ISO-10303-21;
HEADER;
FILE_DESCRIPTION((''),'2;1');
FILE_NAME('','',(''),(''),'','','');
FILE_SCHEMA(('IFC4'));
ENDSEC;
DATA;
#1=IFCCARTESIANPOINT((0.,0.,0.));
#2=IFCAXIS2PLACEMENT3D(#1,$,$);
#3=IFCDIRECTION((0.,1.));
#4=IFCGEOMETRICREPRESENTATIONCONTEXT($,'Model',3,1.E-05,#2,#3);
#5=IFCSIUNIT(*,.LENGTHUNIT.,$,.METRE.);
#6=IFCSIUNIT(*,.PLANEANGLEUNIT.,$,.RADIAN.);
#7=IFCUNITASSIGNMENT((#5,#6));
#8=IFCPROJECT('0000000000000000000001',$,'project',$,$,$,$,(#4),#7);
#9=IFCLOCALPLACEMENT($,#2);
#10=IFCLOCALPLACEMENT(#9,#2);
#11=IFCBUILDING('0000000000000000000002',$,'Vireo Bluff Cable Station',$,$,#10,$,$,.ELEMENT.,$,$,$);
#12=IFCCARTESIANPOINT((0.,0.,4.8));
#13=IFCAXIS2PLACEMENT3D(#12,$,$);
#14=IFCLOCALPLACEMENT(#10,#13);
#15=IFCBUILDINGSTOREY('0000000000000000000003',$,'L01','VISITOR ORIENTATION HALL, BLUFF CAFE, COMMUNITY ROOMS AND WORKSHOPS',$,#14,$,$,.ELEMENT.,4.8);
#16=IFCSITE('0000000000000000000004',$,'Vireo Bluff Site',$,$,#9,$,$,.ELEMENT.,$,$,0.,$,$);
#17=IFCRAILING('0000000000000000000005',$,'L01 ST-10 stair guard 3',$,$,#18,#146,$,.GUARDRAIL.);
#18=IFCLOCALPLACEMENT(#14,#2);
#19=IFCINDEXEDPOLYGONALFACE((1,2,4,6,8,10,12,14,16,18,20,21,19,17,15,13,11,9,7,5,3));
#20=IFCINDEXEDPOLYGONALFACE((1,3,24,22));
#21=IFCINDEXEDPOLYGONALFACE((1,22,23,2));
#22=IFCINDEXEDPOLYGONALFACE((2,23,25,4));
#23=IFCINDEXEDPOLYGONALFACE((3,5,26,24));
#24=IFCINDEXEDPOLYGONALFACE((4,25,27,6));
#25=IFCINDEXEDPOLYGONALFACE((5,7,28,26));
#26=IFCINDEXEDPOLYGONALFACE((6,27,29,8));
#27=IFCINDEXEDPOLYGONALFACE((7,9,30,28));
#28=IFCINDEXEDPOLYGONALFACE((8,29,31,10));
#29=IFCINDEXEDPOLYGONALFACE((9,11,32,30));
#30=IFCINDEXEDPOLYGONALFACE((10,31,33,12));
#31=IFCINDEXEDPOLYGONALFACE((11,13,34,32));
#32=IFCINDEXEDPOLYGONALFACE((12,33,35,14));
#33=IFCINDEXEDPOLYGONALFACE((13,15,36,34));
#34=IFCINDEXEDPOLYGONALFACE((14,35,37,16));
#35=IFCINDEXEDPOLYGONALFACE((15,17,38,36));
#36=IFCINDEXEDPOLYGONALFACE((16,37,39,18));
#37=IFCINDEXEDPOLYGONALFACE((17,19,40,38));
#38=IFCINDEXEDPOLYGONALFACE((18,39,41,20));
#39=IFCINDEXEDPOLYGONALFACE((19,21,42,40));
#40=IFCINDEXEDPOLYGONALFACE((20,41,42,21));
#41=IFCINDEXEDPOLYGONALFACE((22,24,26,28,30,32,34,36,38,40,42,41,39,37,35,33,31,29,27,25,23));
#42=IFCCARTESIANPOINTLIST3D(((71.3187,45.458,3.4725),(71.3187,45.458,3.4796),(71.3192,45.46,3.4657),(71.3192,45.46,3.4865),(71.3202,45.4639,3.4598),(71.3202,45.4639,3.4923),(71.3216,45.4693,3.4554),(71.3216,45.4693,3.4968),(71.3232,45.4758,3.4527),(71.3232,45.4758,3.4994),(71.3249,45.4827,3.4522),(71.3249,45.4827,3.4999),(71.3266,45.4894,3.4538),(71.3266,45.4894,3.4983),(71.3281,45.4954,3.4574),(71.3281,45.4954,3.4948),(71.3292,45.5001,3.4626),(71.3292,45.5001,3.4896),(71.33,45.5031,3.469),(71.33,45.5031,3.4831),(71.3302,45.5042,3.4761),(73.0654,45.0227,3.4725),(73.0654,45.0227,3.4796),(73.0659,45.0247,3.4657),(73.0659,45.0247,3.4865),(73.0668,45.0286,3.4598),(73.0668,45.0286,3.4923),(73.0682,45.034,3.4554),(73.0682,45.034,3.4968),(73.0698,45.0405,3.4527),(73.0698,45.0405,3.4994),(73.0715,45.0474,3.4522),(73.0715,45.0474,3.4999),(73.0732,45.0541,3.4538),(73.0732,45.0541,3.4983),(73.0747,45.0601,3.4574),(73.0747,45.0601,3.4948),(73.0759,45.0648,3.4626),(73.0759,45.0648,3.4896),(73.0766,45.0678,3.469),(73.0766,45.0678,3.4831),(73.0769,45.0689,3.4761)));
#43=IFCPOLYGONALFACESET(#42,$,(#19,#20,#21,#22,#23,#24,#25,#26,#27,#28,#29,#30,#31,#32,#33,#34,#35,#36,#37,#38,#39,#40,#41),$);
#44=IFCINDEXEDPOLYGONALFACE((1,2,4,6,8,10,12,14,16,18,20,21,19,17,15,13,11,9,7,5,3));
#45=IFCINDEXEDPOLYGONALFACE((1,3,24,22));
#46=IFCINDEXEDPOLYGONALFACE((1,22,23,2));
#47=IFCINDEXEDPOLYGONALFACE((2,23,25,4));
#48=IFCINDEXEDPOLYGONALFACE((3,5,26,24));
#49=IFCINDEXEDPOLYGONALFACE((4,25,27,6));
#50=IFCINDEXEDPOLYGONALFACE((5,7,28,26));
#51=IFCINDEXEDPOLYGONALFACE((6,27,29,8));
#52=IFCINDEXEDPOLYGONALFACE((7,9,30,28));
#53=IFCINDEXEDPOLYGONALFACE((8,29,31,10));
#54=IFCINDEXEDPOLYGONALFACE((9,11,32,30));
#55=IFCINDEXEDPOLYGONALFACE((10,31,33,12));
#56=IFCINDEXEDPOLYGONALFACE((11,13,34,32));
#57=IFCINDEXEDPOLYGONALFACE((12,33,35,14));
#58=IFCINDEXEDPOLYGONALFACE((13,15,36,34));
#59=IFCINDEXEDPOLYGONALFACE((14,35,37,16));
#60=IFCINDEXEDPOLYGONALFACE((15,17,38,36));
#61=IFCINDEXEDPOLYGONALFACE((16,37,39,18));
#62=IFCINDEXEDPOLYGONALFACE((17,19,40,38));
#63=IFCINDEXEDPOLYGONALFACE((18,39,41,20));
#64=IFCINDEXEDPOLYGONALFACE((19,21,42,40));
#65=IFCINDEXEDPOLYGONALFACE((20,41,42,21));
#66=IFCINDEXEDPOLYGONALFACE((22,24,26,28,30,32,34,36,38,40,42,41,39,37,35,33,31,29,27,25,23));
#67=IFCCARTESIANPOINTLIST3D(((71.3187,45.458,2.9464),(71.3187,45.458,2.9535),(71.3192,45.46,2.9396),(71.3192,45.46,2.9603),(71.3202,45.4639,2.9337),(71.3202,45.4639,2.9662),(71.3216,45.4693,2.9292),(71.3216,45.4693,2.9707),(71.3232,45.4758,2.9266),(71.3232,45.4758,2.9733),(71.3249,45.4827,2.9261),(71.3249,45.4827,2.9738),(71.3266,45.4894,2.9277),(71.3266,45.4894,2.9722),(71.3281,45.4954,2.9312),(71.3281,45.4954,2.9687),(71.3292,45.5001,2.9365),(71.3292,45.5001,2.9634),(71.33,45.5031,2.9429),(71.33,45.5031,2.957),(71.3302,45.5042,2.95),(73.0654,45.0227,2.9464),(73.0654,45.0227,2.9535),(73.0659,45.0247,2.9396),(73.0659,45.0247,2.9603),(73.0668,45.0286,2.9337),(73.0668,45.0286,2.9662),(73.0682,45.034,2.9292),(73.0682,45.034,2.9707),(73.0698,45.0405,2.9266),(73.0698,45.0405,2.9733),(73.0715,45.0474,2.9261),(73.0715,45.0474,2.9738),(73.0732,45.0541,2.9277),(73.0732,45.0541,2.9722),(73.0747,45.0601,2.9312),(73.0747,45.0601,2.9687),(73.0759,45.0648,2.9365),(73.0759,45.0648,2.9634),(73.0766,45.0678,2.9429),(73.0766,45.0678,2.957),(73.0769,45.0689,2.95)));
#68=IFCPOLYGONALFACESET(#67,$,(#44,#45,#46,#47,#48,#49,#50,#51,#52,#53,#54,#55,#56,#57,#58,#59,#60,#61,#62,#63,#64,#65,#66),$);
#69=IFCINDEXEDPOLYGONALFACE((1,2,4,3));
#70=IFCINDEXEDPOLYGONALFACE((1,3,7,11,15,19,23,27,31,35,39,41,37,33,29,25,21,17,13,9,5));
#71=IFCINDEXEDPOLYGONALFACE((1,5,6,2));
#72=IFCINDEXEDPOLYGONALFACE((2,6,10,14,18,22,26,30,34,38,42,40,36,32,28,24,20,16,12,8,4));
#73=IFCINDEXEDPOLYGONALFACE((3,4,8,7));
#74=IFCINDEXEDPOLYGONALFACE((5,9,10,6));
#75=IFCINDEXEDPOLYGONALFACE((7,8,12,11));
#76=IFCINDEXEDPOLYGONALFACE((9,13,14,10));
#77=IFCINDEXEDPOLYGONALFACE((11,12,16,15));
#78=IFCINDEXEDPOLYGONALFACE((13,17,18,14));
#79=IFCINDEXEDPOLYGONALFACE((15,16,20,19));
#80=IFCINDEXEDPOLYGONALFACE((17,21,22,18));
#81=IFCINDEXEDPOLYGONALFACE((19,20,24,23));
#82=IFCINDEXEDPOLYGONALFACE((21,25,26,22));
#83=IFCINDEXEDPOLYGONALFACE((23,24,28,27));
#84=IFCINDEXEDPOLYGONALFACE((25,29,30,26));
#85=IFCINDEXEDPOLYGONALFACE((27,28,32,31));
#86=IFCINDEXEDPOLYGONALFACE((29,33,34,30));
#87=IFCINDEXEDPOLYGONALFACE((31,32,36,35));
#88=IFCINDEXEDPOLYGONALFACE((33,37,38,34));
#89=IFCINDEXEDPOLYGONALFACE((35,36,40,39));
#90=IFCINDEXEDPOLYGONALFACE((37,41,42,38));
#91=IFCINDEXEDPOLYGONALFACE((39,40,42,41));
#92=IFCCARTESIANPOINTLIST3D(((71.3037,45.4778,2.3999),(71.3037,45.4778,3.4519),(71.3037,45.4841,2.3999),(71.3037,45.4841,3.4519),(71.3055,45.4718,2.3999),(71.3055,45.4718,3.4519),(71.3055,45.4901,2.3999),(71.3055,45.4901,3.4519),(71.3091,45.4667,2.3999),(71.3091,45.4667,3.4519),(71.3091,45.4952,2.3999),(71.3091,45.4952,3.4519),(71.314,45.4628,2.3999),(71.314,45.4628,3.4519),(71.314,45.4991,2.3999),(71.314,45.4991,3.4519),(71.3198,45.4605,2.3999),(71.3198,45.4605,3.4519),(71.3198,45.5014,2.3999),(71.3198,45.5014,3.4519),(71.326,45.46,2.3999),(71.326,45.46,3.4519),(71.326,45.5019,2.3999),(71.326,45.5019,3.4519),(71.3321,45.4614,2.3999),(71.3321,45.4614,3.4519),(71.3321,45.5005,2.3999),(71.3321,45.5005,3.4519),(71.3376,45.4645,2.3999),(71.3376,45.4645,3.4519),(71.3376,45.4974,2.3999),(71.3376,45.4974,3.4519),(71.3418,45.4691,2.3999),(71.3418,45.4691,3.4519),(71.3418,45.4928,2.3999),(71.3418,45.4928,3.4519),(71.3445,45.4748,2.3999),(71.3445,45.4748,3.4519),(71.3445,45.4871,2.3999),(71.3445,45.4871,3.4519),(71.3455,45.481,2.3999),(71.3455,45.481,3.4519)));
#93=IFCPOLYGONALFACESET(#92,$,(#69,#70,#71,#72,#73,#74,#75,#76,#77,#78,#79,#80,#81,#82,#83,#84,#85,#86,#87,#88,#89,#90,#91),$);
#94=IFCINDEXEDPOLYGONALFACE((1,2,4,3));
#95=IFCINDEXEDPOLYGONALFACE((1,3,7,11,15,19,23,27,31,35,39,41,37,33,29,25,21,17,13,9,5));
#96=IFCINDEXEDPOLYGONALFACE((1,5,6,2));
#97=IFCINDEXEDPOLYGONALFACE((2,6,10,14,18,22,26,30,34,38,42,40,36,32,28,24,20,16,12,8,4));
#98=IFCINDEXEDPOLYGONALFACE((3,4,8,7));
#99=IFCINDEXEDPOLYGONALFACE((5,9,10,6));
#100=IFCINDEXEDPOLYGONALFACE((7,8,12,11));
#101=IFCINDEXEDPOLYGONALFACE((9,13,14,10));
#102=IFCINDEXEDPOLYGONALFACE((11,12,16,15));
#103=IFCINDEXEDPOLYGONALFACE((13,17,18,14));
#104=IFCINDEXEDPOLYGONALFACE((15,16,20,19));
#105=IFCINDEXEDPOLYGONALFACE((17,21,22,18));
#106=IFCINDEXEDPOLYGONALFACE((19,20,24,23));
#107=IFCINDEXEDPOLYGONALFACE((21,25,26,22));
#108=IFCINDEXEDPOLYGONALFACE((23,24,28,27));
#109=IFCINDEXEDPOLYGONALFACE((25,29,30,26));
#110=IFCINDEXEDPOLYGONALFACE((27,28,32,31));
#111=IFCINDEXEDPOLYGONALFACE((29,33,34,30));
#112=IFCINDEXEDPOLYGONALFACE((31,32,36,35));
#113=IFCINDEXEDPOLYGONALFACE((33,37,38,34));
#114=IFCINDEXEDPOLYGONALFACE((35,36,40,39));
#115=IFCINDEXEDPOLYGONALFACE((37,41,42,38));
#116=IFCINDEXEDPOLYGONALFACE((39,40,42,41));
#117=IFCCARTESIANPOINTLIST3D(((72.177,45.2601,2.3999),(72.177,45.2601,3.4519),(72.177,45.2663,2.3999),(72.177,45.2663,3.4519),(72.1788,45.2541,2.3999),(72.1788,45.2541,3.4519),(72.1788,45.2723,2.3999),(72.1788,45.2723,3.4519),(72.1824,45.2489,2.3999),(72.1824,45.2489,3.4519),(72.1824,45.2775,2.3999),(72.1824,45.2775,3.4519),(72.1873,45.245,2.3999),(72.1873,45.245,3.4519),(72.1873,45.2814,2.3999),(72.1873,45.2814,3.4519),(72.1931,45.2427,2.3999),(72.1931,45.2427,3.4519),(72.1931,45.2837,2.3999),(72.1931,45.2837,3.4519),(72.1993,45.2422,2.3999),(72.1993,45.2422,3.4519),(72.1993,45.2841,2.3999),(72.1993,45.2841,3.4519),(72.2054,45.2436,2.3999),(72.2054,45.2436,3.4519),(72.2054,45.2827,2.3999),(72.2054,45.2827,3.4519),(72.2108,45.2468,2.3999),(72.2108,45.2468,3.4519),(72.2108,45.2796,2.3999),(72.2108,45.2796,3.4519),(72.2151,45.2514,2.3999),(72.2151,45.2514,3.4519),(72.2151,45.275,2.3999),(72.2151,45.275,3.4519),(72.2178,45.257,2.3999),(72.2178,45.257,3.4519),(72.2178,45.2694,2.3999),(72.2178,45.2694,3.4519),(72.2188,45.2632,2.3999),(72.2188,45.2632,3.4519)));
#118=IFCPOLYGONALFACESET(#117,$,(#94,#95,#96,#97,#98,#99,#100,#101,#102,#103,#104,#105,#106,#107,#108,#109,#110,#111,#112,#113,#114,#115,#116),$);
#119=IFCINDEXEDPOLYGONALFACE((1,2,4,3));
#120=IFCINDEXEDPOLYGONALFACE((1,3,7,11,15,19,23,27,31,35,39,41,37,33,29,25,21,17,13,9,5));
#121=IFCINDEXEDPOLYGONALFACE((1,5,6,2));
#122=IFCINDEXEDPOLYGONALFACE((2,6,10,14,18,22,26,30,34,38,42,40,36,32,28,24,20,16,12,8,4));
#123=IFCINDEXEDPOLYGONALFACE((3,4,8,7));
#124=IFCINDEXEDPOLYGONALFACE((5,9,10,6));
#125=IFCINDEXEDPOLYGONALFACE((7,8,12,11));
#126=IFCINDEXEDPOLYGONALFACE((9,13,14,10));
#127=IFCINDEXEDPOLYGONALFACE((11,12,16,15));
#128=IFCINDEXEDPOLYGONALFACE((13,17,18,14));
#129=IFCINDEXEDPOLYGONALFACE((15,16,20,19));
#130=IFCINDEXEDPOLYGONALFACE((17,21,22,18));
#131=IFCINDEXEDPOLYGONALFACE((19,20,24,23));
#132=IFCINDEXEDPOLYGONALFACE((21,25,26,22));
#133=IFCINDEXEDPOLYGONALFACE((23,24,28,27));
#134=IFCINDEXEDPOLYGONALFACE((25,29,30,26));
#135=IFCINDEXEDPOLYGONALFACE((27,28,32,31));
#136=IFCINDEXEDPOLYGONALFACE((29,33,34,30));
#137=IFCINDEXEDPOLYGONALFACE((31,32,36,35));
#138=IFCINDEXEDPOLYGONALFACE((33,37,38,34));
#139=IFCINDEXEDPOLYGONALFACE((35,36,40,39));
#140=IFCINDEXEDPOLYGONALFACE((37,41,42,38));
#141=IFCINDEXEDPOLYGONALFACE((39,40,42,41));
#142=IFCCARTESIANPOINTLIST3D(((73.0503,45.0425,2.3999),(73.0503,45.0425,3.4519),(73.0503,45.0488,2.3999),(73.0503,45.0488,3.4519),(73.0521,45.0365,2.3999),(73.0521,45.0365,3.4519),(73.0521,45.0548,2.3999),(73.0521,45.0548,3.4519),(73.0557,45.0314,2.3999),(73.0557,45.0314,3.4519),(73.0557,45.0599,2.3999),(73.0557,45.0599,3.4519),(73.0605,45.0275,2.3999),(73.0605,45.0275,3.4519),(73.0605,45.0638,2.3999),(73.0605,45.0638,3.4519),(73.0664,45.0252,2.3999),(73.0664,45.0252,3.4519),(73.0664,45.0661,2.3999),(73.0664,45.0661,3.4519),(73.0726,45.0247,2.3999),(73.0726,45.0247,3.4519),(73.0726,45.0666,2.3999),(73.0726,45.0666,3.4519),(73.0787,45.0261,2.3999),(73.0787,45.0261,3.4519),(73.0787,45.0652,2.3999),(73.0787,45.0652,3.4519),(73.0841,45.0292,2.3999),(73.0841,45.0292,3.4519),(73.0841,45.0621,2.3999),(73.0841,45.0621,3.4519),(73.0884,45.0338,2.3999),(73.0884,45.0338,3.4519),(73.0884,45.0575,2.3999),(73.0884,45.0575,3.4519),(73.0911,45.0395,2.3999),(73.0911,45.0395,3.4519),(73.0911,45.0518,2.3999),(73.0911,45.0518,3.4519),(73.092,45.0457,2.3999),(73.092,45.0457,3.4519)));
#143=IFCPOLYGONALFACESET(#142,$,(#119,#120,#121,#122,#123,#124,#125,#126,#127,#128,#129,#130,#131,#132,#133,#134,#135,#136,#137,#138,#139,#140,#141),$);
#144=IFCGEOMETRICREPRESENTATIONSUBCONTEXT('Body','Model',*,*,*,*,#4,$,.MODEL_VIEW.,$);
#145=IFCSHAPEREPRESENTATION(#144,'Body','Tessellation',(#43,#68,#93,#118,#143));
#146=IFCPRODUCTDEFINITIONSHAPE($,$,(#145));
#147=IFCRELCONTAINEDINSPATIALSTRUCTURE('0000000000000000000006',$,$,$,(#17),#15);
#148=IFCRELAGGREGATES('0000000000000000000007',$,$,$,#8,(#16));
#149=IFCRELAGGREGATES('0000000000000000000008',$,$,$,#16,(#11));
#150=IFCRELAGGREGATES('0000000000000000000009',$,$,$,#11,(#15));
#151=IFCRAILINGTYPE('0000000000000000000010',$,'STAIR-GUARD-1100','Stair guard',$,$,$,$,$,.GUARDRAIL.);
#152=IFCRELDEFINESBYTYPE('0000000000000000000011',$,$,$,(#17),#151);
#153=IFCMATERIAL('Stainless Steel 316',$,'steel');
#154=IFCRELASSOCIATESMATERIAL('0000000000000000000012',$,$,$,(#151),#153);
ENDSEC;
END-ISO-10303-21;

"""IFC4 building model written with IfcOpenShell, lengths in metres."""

from ifc_helpers import new_model, si_unit, direction, frame, origin, origin_2d, place, context, subcontext, project, spatial, circle, extrude, material, type_object, element, save


model = new_model("IFC4")

# Units and contexts
model_context = context("Model", 3, precision=1e-05, world=origin(), true_north=direction((0.0, 1.0)))
body_context = subcontext(model_context, "Body", "Model", "MODEL_VIEW")
ifc_project = project(units=[si_unit("LENGTHUNIT", "METRE"), si_unit("PLANEANGLEUNIT", "RADIAN")], contexts=[model_context])

# Site, building, storey
site_placement = place(None, origin())
site = spatial("IfcSite", under=ifc_project, at=site_placement, Name="Vireo Bluff Site", CompositionType="ELEMENT", RefElevation=0.0)
building_placement = place(site_placement, origin())
building = spatial("IfcBuilding", under=site, at=building_placement, Name="Vireo Bluff Cable Station", CompositionType="ELEMENT")
storey_placement = place(building_placement, frame((0.0, 0.0, 4.8)))
storey = spatial("IfcBuildingStorey", under=building, at=storey_placement, Name="L01", Description="VISITOR ORIENTATION HALL, BLUFF CAFE, COMMUNITY ROOMS AND WORKSHOPS", CompositionType="ELEMENT", Elevation=4.8)

# Railing
ifc_material_1 = material(Name="Stainless Steel 316", Category="steel")
railing_type_1 = type_object("IfcRailingType", Name="STAIR-GUARD-1100", Description="Stair guard", PredefinedType="GUARDRAIL", material=ifc_material_1)
railing_1_placement = place(storey_placement, frame((71.3245, 45.481, 2.3999)))
element("IfcRailing", 1, at=railing_1_placement, inside=storey, type_object=railing_type_1, Name="L01 ST-10 stair guard 3", PredefinedType="GUARDRAIL", context=body_context, shape_type="SweptSolid", body=[
    extrude(circle(Radius=0.0239, at=origin_2d()), frame((0.0, 0.0, 1.0762), z_axis=(0.970318, -0.241833, 0.0), x_axis=(0.241833, 0.970318, 0.0)), (0.0, 0.0, 1.0), 1.8),
    extrude(circle(Radius=0.0239, at=origin_2d()), frame((0.0, 0.0, 0.55), z_axis=(0.970318, -0.241833, 0.0), x_axis=(0.241833, 0.970318, 0.0)), (0.0, 0.0, 1.0), 1.8),
    extrude(circle(Radius=0.021, at=origin_2d()), origin(), (0.0, 0.0, 1.0), 1.052),
    extrude(circle(Radius=0.021, at=origin_2d()), frame((0.8733, -0.2178, 0.0)), (0.0, 0.0, 1.0), 1.052),
    extrude(circle(Radius=0.021, at=origin_2d()), frame((1.7466, -0.4353, 0.0)), (0.0, 0.0, 1.0), 1.052),
])

save(model, "model.ifc")
